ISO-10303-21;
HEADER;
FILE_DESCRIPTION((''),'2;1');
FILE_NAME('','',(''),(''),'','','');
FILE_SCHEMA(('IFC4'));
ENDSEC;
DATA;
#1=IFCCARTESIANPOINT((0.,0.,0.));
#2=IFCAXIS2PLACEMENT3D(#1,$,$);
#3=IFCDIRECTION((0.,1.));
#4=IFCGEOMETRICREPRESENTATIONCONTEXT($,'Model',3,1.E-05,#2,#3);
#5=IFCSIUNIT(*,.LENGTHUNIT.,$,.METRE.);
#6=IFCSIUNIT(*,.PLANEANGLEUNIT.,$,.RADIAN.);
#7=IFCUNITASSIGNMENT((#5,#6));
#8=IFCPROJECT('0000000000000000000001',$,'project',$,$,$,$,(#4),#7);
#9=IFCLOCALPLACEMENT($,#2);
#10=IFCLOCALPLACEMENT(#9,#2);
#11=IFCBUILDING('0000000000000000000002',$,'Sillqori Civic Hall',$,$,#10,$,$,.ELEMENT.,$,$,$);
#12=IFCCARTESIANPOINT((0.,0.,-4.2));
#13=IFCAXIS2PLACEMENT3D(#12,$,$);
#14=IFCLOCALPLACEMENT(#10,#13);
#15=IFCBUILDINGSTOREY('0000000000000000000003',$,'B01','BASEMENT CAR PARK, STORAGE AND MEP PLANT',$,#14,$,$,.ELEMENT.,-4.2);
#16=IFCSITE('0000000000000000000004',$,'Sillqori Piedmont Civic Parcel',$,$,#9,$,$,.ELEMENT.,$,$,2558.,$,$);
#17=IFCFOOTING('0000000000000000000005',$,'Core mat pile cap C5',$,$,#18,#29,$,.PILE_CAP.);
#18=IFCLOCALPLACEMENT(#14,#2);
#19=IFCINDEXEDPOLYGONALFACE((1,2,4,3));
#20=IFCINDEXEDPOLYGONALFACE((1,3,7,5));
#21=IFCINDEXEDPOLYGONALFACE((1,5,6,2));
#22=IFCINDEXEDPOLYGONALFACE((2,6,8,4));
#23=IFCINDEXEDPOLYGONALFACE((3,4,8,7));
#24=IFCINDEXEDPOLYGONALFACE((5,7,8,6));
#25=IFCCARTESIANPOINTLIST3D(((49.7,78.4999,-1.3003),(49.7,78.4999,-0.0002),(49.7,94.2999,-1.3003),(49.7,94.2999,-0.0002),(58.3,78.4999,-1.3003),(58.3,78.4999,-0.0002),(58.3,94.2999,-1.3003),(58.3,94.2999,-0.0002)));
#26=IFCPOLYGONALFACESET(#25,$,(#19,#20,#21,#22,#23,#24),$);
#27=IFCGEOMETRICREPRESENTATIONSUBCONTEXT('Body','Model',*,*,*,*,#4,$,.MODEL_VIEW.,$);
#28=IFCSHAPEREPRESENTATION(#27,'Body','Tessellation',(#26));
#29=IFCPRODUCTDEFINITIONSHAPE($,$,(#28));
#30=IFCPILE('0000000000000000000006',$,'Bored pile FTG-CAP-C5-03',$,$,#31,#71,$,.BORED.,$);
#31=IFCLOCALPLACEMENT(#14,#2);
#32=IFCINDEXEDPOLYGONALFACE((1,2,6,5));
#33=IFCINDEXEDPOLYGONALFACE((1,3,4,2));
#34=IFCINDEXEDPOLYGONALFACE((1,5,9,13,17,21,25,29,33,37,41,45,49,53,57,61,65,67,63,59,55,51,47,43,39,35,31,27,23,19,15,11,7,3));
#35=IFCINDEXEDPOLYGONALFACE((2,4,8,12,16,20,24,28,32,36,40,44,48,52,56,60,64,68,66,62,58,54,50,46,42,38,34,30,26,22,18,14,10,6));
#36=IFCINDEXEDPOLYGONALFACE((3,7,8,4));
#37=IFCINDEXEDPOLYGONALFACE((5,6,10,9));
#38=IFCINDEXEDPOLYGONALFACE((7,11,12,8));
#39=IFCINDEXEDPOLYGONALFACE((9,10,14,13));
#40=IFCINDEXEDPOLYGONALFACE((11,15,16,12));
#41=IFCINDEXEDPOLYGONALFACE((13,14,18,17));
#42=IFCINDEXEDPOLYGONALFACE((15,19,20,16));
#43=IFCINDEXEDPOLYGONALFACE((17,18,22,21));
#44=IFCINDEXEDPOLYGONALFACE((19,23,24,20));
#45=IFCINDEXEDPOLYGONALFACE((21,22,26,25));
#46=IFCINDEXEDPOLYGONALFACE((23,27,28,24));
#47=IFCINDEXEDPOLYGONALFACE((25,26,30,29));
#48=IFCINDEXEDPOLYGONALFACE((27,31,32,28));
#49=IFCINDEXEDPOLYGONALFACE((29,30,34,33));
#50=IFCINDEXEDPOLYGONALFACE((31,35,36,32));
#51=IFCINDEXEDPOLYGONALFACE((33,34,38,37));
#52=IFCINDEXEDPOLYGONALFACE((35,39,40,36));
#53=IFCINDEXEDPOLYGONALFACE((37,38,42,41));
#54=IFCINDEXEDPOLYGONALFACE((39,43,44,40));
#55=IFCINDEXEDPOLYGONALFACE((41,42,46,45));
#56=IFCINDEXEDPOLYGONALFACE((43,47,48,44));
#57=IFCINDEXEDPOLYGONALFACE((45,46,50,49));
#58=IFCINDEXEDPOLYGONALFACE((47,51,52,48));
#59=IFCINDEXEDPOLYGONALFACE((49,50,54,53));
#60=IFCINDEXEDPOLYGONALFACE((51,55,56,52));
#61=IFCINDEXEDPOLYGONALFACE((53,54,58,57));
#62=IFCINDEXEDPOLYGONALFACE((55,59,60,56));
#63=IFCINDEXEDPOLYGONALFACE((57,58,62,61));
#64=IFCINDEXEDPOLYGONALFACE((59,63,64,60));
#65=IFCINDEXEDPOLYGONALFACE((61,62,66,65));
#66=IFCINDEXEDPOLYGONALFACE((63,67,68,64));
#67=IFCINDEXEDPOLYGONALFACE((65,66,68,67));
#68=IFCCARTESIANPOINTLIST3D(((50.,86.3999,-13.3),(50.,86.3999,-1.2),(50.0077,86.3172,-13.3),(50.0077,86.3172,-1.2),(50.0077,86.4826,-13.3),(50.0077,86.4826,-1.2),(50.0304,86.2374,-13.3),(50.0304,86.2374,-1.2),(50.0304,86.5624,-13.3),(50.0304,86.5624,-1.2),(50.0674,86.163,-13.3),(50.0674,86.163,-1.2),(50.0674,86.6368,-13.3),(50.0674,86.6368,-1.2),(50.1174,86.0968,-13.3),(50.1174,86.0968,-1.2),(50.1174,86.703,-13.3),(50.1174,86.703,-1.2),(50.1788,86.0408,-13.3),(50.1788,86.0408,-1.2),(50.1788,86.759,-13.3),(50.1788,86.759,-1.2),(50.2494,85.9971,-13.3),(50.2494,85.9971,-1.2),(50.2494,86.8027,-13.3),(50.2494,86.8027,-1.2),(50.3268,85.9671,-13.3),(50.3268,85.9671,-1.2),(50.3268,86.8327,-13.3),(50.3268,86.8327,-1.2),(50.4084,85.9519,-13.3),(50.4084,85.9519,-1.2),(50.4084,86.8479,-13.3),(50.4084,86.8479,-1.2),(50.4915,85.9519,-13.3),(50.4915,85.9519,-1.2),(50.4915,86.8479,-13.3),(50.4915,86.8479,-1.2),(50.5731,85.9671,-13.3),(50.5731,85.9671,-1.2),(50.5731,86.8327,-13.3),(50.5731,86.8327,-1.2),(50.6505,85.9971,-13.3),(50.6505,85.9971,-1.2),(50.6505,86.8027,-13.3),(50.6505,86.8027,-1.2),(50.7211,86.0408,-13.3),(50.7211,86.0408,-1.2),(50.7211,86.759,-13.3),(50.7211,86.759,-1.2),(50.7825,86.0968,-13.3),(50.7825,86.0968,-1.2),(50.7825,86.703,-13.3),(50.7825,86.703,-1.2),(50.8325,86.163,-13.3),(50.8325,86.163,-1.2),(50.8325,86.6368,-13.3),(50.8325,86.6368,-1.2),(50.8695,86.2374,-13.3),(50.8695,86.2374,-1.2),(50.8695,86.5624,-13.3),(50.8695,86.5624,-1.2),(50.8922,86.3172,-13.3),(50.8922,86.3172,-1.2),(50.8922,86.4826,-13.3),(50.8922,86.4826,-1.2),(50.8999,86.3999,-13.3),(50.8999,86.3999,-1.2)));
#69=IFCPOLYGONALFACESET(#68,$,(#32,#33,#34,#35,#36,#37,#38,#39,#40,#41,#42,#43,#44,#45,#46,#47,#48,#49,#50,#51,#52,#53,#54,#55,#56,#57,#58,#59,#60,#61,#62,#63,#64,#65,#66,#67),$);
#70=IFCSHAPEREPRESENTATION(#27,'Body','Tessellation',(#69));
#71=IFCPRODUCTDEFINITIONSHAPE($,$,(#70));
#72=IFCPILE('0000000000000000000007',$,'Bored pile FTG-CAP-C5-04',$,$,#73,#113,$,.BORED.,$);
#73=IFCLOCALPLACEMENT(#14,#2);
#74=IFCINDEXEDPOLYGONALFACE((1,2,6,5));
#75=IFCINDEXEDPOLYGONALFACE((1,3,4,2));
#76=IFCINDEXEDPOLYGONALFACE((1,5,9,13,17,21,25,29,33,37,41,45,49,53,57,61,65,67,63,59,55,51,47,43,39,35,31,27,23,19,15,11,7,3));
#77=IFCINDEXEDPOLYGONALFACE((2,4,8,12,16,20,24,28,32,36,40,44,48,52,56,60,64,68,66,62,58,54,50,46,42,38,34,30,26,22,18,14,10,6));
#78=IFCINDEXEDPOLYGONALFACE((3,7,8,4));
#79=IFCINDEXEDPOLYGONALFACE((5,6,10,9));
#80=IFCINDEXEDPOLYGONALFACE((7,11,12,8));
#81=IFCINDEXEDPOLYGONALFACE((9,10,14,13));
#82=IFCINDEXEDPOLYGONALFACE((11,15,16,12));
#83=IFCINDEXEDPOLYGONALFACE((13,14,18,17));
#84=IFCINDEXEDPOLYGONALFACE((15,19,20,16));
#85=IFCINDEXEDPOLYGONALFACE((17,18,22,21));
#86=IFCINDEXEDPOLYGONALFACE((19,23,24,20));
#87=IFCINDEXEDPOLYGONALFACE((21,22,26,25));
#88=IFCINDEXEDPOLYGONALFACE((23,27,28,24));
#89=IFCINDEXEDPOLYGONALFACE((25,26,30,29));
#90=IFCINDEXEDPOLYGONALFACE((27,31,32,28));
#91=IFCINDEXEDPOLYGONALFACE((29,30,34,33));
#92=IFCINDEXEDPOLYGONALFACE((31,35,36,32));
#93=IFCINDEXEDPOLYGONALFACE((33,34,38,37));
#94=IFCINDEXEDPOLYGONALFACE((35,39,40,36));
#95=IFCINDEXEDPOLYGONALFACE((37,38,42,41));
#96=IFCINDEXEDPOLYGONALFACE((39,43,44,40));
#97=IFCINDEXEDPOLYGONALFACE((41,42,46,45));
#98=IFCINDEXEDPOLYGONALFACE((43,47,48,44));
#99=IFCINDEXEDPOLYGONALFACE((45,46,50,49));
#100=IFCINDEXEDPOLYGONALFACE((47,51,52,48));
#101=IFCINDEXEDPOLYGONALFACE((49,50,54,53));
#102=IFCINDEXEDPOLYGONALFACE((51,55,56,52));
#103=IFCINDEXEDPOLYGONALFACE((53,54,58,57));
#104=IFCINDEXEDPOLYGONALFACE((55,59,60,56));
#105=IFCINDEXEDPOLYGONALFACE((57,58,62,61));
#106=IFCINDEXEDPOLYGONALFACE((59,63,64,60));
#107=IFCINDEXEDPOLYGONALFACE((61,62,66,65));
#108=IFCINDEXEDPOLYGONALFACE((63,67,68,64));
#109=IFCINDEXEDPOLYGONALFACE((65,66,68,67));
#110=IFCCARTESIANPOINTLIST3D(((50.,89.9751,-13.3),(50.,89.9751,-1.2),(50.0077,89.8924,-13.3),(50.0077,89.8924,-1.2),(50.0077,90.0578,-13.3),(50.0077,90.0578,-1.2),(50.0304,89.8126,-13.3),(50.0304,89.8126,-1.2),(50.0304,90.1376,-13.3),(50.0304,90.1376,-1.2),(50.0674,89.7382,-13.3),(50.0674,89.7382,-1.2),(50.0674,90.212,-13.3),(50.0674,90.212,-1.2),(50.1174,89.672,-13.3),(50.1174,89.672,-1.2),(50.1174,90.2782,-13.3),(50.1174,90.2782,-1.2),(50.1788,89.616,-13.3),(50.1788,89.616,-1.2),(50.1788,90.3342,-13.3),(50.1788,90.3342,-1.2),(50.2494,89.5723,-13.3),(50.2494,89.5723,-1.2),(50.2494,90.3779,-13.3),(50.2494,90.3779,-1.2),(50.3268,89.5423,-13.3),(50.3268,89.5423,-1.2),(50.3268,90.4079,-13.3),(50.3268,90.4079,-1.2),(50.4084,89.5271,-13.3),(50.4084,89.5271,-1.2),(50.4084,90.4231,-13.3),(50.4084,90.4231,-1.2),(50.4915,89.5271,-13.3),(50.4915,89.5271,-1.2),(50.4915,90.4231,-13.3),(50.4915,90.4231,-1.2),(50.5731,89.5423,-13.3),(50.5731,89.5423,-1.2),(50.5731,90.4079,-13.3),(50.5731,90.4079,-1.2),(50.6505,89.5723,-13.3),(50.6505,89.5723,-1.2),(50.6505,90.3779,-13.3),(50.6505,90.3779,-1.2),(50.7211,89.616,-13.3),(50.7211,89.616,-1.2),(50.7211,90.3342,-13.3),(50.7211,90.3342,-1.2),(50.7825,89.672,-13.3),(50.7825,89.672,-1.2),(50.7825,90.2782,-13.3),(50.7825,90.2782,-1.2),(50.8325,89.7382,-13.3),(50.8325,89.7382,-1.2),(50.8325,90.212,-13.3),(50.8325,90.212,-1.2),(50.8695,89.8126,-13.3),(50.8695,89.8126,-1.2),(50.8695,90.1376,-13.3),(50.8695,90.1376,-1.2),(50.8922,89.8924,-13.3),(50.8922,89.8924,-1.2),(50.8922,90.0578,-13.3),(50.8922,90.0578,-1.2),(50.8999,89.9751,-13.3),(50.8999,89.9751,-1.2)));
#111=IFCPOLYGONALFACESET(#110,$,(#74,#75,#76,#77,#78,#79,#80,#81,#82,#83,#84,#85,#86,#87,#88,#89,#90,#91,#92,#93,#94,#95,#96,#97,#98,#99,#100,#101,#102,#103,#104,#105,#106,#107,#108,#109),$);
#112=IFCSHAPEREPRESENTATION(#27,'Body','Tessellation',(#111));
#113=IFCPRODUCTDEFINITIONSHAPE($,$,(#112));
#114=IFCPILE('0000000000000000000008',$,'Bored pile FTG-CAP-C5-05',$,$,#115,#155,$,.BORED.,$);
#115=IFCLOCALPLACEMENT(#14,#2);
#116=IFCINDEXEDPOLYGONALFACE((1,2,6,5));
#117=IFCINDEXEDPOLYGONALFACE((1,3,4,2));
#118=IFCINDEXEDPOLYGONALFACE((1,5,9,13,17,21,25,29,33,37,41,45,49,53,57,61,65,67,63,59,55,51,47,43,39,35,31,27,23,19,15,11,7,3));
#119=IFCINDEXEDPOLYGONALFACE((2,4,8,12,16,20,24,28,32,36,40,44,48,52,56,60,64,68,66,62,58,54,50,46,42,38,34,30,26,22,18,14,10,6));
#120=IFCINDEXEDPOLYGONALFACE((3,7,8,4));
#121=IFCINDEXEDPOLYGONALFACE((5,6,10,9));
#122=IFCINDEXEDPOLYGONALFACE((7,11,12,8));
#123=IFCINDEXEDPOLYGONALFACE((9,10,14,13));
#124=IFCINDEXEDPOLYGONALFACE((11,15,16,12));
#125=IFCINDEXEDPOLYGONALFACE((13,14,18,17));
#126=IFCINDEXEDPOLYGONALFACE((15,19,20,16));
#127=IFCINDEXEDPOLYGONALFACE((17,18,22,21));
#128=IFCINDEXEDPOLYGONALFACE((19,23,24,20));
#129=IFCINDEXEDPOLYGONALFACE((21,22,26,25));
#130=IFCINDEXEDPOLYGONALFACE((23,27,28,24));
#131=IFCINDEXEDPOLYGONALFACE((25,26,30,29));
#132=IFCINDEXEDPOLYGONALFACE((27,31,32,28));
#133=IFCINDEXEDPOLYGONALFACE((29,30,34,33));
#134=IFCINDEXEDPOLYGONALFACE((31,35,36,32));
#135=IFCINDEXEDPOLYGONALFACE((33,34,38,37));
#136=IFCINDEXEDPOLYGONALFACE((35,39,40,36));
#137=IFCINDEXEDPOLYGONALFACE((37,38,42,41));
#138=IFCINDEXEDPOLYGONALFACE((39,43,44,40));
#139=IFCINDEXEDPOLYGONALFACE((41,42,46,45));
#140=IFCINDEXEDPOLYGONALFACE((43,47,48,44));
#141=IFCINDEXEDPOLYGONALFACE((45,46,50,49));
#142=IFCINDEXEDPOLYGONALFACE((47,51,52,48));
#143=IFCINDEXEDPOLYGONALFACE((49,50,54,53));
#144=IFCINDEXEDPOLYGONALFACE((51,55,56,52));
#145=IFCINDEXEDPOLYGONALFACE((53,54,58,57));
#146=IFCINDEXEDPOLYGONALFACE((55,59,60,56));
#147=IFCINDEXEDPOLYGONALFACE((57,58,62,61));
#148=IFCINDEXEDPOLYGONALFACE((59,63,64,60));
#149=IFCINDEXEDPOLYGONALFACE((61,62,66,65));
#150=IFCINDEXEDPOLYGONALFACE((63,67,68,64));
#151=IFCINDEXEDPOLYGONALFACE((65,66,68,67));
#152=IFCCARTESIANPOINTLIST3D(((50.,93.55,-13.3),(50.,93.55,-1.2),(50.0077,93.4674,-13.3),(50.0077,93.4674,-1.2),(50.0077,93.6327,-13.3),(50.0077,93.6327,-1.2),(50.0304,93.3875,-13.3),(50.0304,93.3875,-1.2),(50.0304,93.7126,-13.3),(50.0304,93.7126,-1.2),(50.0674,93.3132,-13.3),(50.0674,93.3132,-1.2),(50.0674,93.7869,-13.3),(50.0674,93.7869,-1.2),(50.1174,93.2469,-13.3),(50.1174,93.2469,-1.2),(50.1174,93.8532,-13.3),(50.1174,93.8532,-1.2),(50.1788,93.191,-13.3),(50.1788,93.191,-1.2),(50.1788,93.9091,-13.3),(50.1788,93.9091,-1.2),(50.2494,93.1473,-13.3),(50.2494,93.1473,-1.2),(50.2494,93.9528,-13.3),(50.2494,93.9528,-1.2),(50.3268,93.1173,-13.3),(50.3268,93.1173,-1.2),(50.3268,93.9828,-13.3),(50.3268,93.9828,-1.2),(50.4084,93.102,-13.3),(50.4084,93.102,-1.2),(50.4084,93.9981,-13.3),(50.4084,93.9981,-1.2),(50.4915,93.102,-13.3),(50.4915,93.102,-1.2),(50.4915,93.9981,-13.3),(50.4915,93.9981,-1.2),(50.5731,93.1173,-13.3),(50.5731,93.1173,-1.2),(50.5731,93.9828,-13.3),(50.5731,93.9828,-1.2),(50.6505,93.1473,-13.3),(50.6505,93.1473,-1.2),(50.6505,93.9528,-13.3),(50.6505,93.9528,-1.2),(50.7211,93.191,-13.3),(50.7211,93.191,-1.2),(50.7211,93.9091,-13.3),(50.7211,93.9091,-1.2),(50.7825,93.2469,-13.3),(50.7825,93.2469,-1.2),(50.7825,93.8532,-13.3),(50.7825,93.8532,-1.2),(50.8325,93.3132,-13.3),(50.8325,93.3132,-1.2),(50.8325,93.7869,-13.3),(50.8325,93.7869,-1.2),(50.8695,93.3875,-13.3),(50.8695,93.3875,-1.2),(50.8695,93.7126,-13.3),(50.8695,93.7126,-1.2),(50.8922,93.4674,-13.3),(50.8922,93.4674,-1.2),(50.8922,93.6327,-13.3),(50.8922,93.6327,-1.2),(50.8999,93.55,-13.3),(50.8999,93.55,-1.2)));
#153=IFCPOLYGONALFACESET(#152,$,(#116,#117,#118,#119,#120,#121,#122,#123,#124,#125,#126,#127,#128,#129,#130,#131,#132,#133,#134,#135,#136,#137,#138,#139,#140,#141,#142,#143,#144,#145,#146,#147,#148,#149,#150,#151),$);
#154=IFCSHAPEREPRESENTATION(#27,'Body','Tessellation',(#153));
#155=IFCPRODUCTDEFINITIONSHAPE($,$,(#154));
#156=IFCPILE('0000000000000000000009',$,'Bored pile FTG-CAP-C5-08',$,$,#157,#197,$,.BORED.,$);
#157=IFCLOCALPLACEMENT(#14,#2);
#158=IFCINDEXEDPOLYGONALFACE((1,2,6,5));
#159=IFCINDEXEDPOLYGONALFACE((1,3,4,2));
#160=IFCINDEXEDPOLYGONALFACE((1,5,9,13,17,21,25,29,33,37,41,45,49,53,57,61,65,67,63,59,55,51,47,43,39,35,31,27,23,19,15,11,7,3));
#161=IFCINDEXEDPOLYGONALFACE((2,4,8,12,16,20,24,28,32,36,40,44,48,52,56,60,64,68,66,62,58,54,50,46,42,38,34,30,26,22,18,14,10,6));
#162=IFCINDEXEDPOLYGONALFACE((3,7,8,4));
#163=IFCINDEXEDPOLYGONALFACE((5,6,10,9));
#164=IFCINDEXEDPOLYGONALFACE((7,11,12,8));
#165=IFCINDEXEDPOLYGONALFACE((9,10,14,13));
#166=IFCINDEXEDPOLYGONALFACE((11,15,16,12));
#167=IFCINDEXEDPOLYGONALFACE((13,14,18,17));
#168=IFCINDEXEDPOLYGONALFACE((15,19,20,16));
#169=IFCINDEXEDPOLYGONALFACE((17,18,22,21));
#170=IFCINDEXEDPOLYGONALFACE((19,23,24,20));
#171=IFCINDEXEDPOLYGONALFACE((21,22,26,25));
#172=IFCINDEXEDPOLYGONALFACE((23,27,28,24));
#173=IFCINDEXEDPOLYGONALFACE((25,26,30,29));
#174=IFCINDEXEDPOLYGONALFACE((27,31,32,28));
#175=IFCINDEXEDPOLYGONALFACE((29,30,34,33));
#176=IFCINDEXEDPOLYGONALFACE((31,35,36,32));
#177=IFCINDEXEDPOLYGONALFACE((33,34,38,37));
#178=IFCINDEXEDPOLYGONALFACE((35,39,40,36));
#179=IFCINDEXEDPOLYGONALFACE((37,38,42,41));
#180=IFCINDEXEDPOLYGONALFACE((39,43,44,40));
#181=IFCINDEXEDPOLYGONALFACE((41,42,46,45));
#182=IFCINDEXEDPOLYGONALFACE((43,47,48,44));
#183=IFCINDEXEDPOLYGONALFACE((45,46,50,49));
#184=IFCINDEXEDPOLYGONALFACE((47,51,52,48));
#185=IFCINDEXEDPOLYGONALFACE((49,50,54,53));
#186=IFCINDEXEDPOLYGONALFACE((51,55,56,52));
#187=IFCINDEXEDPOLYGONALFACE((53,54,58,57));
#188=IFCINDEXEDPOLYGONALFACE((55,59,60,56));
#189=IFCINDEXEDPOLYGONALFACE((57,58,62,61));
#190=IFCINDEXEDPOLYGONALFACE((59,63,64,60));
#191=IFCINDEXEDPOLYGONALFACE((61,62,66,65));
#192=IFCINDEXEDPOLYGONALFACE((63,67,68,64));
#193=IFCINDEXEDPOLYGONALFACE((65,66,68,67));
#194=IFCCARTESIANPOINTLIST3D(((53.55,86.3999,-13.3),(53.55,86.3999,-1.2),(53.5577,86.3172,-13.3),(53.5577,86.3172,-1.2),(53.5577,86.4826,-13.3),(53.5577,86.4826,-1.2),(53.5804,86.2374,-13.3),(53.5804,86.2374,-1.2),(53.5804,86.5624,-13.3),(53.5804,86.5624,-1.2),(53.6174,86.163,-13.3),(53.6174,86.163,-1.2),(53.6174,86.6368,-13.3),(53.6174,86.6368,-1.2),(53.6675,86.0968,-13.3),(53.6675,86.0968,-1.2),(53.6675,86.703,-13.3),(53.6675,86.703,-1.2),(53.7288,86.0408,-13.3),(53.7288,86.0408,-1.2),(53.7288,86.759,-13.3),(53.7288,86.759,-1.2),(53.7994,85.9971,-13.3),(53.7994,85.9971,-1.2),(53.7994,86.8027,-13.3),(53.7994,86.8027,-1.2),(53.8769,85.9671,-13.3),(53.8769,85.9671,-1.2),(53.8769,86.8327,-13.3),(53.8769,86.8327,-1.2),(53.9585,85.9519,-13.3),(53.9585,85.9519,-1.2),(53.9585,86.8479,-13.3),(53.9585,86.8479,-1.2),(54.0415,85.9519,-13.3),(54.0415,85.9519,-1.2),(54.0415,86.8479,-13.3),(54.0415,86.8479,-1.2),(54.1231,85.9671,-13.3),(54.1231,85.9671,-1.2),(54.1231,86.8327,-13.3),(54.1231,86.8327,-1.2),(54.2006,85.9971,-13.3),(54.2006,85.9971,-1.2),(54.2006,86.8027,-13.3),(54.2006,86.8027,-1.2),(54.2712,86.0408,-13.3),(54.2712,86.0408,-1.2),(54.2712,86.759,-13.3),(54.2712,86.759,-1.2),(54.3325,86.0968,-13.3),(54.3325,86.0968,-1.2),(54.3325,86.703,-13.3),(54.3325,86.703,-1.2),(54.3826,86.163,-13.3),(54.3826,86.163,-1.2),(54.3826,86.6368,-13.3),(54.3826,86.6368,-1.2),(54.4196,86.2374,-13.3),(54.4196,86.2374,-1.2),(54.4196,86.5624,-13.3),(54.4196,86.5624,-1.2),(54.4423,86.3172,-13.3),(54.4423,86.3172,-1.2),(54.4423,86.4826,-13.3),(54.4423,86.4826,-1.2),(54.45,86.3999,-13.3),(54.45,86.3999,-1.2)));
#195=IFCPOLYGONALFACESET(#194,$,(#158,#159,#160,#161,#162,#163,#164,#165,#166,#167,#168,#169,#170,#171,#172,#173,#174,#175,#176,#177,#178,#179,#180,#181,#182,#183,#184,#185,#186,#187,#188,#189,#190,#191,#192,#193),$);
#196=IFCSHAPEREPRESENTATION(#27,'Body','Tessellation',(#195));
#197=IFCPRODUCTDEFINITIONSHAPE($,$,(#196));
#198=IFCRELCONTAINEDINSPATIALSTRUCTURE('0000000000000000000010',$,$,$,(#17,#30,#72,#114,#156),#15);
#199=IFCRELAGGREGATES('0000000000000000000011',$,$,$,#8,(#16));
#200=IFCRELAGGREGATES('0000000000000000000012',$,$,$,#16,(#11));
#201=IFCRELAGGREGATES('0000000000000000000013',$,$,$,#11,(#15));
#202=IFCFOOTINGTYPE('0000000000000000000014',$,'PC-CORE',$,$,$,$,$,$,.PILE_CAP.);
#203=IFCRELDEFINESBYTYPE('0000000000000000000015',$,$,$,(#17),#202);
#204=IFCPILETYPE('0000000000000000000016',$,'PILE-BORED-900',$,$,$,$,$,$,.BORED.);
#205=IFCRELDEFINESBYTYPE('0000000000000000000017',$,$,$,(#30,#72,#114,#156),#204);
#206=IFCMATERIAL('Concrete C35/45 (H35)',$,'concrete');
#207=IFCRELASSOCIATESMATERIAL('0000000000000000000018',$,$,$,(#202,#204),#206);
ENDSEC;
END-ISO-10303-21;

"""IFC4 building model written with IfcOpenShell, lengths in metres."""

from ifc_helpers import new_model, si_unit, direction, frame, origin, origin_2d, place, context, subcontext, project, spatial, rectangle, circle, extrude, material, material_profile, profile_set, type_object, element, save


model = new_model("IFC4")

# Units and contexts
model_context = context("Model", 3, precision=1e-05, world=origin(), true_north=direction((0.0, 1.0)))
body_context = subcontext(model_context, "Body", "Model", "MODEL_VIEW")
ifc_project = project(units=[si_unit("LENGTHUNIT", "METRE"), si_unit("PLANEANGLEUNIT", "RADIAN")], contexts=[model_context])

# Site, building, storey
site_placement = place(None, origin())
site = spatial("IfcSite", under=ifc_project, at=site_placement, Name="Sillqori Piedmont Civic Parcel", CompositionType="ELEMENT", RefElevation=2558.0)
building_placement = place(site_placement, origin())
building = spatial("IfcBuilding", under=site, at=building_placement, Name="Sillqori Civic Hall", CompositionType="ELEMENT")
storey_placement = place(building_placement, frame((0.0, 0.0, -4.2)))
storey = spatial("IfcBuildingStorey", under=building, at=storey_placement, Name="B01", Description="BASEMENT CAR PARK, STORAGE AND MEP PLANT", CompositionType="ELEMENT", Elevation=-4.2)

# Footing
ifc_material_1 = material(Name="Concrete C35/45 (H35)", Category="concrete")
footing_type = type_object("IfcFootingType", Name="PC-CORE", PredefinedType="PILE_CAP", material=ifc_material_1)
footing_placement = place(storey_placement, frame((54.0, 86.3999, -1.3003), z_axis=(0.0, 0.0, 1.0), x_axis=(1.0, 0.0, 0.0)))
element("IfcFooting", 1, at=footing_placement, inside=storey, type_object=footing_type, Name="Core mat pile cap C5", PredefinedType="PILE_CAP", context=body_context, shape_type="SweptSolid", body=[
    extrude(rectangle(XDim=8.6001, YDim=15.8, at=origin_2d()), origin(), (0.0, 0.0, 1.0), 1.3),
])

# Piles
ifc_material_profile_1 = material_profile(ifc_material_1, circle(Radius=0.45, at=origin_2d()), Name="BORED PILE 900")
ifc_profile_set_1 = profile_set([ifc_material_profile_1], Name="Concrete C35/45 (H35)")
pile_type = type_object("IfcPileType", Name="PILE-BORED-900", PredefinedType="BORED", material=ifc_profile_set_1)
for number, where, z_axis, x_axis, name in (
    (2, (50.45, 86.3999, -1.2), (0.0, 0.0, -1.0), (1.0, 0.0, 0.0), "Bored pile FTG-CAP-C5-03"),
    (3, (50.45, 89.9751, -1.2), (0.0, 0.0, -1.0), (1.0, 0.0, 0.0), "Bored pile FTG-CAP-C5-04"),
    (4, (50.45, 93.55, -1.2), (0.0, 0.0, -1.0), (1.0, 0.0, 0.0), "Bored pile FTG-CAP-C5-05"),
    (5, (54.0, 86.3999, -1.2), (0.0, 0.0, -1.0), (1.0, 0.0, 0.0), "Bored pile FTG-CAP-C5-08"),
):
    element("IfcPile", number, at=place(storey_placement, frame(where, z_axis=z_axis, x_axis=x_axis)), inside=storey, type_object=pile_type, Name=name, PredefinedType="BORED", context=body_context, shape_type="SweptSolid", body=[
        extrude(circle(Radius=0.45, at=origin_2d()), origin(), (0.0, 0.0, 1.0), 12.1001),
    ])

save(model, "model.ifc")
